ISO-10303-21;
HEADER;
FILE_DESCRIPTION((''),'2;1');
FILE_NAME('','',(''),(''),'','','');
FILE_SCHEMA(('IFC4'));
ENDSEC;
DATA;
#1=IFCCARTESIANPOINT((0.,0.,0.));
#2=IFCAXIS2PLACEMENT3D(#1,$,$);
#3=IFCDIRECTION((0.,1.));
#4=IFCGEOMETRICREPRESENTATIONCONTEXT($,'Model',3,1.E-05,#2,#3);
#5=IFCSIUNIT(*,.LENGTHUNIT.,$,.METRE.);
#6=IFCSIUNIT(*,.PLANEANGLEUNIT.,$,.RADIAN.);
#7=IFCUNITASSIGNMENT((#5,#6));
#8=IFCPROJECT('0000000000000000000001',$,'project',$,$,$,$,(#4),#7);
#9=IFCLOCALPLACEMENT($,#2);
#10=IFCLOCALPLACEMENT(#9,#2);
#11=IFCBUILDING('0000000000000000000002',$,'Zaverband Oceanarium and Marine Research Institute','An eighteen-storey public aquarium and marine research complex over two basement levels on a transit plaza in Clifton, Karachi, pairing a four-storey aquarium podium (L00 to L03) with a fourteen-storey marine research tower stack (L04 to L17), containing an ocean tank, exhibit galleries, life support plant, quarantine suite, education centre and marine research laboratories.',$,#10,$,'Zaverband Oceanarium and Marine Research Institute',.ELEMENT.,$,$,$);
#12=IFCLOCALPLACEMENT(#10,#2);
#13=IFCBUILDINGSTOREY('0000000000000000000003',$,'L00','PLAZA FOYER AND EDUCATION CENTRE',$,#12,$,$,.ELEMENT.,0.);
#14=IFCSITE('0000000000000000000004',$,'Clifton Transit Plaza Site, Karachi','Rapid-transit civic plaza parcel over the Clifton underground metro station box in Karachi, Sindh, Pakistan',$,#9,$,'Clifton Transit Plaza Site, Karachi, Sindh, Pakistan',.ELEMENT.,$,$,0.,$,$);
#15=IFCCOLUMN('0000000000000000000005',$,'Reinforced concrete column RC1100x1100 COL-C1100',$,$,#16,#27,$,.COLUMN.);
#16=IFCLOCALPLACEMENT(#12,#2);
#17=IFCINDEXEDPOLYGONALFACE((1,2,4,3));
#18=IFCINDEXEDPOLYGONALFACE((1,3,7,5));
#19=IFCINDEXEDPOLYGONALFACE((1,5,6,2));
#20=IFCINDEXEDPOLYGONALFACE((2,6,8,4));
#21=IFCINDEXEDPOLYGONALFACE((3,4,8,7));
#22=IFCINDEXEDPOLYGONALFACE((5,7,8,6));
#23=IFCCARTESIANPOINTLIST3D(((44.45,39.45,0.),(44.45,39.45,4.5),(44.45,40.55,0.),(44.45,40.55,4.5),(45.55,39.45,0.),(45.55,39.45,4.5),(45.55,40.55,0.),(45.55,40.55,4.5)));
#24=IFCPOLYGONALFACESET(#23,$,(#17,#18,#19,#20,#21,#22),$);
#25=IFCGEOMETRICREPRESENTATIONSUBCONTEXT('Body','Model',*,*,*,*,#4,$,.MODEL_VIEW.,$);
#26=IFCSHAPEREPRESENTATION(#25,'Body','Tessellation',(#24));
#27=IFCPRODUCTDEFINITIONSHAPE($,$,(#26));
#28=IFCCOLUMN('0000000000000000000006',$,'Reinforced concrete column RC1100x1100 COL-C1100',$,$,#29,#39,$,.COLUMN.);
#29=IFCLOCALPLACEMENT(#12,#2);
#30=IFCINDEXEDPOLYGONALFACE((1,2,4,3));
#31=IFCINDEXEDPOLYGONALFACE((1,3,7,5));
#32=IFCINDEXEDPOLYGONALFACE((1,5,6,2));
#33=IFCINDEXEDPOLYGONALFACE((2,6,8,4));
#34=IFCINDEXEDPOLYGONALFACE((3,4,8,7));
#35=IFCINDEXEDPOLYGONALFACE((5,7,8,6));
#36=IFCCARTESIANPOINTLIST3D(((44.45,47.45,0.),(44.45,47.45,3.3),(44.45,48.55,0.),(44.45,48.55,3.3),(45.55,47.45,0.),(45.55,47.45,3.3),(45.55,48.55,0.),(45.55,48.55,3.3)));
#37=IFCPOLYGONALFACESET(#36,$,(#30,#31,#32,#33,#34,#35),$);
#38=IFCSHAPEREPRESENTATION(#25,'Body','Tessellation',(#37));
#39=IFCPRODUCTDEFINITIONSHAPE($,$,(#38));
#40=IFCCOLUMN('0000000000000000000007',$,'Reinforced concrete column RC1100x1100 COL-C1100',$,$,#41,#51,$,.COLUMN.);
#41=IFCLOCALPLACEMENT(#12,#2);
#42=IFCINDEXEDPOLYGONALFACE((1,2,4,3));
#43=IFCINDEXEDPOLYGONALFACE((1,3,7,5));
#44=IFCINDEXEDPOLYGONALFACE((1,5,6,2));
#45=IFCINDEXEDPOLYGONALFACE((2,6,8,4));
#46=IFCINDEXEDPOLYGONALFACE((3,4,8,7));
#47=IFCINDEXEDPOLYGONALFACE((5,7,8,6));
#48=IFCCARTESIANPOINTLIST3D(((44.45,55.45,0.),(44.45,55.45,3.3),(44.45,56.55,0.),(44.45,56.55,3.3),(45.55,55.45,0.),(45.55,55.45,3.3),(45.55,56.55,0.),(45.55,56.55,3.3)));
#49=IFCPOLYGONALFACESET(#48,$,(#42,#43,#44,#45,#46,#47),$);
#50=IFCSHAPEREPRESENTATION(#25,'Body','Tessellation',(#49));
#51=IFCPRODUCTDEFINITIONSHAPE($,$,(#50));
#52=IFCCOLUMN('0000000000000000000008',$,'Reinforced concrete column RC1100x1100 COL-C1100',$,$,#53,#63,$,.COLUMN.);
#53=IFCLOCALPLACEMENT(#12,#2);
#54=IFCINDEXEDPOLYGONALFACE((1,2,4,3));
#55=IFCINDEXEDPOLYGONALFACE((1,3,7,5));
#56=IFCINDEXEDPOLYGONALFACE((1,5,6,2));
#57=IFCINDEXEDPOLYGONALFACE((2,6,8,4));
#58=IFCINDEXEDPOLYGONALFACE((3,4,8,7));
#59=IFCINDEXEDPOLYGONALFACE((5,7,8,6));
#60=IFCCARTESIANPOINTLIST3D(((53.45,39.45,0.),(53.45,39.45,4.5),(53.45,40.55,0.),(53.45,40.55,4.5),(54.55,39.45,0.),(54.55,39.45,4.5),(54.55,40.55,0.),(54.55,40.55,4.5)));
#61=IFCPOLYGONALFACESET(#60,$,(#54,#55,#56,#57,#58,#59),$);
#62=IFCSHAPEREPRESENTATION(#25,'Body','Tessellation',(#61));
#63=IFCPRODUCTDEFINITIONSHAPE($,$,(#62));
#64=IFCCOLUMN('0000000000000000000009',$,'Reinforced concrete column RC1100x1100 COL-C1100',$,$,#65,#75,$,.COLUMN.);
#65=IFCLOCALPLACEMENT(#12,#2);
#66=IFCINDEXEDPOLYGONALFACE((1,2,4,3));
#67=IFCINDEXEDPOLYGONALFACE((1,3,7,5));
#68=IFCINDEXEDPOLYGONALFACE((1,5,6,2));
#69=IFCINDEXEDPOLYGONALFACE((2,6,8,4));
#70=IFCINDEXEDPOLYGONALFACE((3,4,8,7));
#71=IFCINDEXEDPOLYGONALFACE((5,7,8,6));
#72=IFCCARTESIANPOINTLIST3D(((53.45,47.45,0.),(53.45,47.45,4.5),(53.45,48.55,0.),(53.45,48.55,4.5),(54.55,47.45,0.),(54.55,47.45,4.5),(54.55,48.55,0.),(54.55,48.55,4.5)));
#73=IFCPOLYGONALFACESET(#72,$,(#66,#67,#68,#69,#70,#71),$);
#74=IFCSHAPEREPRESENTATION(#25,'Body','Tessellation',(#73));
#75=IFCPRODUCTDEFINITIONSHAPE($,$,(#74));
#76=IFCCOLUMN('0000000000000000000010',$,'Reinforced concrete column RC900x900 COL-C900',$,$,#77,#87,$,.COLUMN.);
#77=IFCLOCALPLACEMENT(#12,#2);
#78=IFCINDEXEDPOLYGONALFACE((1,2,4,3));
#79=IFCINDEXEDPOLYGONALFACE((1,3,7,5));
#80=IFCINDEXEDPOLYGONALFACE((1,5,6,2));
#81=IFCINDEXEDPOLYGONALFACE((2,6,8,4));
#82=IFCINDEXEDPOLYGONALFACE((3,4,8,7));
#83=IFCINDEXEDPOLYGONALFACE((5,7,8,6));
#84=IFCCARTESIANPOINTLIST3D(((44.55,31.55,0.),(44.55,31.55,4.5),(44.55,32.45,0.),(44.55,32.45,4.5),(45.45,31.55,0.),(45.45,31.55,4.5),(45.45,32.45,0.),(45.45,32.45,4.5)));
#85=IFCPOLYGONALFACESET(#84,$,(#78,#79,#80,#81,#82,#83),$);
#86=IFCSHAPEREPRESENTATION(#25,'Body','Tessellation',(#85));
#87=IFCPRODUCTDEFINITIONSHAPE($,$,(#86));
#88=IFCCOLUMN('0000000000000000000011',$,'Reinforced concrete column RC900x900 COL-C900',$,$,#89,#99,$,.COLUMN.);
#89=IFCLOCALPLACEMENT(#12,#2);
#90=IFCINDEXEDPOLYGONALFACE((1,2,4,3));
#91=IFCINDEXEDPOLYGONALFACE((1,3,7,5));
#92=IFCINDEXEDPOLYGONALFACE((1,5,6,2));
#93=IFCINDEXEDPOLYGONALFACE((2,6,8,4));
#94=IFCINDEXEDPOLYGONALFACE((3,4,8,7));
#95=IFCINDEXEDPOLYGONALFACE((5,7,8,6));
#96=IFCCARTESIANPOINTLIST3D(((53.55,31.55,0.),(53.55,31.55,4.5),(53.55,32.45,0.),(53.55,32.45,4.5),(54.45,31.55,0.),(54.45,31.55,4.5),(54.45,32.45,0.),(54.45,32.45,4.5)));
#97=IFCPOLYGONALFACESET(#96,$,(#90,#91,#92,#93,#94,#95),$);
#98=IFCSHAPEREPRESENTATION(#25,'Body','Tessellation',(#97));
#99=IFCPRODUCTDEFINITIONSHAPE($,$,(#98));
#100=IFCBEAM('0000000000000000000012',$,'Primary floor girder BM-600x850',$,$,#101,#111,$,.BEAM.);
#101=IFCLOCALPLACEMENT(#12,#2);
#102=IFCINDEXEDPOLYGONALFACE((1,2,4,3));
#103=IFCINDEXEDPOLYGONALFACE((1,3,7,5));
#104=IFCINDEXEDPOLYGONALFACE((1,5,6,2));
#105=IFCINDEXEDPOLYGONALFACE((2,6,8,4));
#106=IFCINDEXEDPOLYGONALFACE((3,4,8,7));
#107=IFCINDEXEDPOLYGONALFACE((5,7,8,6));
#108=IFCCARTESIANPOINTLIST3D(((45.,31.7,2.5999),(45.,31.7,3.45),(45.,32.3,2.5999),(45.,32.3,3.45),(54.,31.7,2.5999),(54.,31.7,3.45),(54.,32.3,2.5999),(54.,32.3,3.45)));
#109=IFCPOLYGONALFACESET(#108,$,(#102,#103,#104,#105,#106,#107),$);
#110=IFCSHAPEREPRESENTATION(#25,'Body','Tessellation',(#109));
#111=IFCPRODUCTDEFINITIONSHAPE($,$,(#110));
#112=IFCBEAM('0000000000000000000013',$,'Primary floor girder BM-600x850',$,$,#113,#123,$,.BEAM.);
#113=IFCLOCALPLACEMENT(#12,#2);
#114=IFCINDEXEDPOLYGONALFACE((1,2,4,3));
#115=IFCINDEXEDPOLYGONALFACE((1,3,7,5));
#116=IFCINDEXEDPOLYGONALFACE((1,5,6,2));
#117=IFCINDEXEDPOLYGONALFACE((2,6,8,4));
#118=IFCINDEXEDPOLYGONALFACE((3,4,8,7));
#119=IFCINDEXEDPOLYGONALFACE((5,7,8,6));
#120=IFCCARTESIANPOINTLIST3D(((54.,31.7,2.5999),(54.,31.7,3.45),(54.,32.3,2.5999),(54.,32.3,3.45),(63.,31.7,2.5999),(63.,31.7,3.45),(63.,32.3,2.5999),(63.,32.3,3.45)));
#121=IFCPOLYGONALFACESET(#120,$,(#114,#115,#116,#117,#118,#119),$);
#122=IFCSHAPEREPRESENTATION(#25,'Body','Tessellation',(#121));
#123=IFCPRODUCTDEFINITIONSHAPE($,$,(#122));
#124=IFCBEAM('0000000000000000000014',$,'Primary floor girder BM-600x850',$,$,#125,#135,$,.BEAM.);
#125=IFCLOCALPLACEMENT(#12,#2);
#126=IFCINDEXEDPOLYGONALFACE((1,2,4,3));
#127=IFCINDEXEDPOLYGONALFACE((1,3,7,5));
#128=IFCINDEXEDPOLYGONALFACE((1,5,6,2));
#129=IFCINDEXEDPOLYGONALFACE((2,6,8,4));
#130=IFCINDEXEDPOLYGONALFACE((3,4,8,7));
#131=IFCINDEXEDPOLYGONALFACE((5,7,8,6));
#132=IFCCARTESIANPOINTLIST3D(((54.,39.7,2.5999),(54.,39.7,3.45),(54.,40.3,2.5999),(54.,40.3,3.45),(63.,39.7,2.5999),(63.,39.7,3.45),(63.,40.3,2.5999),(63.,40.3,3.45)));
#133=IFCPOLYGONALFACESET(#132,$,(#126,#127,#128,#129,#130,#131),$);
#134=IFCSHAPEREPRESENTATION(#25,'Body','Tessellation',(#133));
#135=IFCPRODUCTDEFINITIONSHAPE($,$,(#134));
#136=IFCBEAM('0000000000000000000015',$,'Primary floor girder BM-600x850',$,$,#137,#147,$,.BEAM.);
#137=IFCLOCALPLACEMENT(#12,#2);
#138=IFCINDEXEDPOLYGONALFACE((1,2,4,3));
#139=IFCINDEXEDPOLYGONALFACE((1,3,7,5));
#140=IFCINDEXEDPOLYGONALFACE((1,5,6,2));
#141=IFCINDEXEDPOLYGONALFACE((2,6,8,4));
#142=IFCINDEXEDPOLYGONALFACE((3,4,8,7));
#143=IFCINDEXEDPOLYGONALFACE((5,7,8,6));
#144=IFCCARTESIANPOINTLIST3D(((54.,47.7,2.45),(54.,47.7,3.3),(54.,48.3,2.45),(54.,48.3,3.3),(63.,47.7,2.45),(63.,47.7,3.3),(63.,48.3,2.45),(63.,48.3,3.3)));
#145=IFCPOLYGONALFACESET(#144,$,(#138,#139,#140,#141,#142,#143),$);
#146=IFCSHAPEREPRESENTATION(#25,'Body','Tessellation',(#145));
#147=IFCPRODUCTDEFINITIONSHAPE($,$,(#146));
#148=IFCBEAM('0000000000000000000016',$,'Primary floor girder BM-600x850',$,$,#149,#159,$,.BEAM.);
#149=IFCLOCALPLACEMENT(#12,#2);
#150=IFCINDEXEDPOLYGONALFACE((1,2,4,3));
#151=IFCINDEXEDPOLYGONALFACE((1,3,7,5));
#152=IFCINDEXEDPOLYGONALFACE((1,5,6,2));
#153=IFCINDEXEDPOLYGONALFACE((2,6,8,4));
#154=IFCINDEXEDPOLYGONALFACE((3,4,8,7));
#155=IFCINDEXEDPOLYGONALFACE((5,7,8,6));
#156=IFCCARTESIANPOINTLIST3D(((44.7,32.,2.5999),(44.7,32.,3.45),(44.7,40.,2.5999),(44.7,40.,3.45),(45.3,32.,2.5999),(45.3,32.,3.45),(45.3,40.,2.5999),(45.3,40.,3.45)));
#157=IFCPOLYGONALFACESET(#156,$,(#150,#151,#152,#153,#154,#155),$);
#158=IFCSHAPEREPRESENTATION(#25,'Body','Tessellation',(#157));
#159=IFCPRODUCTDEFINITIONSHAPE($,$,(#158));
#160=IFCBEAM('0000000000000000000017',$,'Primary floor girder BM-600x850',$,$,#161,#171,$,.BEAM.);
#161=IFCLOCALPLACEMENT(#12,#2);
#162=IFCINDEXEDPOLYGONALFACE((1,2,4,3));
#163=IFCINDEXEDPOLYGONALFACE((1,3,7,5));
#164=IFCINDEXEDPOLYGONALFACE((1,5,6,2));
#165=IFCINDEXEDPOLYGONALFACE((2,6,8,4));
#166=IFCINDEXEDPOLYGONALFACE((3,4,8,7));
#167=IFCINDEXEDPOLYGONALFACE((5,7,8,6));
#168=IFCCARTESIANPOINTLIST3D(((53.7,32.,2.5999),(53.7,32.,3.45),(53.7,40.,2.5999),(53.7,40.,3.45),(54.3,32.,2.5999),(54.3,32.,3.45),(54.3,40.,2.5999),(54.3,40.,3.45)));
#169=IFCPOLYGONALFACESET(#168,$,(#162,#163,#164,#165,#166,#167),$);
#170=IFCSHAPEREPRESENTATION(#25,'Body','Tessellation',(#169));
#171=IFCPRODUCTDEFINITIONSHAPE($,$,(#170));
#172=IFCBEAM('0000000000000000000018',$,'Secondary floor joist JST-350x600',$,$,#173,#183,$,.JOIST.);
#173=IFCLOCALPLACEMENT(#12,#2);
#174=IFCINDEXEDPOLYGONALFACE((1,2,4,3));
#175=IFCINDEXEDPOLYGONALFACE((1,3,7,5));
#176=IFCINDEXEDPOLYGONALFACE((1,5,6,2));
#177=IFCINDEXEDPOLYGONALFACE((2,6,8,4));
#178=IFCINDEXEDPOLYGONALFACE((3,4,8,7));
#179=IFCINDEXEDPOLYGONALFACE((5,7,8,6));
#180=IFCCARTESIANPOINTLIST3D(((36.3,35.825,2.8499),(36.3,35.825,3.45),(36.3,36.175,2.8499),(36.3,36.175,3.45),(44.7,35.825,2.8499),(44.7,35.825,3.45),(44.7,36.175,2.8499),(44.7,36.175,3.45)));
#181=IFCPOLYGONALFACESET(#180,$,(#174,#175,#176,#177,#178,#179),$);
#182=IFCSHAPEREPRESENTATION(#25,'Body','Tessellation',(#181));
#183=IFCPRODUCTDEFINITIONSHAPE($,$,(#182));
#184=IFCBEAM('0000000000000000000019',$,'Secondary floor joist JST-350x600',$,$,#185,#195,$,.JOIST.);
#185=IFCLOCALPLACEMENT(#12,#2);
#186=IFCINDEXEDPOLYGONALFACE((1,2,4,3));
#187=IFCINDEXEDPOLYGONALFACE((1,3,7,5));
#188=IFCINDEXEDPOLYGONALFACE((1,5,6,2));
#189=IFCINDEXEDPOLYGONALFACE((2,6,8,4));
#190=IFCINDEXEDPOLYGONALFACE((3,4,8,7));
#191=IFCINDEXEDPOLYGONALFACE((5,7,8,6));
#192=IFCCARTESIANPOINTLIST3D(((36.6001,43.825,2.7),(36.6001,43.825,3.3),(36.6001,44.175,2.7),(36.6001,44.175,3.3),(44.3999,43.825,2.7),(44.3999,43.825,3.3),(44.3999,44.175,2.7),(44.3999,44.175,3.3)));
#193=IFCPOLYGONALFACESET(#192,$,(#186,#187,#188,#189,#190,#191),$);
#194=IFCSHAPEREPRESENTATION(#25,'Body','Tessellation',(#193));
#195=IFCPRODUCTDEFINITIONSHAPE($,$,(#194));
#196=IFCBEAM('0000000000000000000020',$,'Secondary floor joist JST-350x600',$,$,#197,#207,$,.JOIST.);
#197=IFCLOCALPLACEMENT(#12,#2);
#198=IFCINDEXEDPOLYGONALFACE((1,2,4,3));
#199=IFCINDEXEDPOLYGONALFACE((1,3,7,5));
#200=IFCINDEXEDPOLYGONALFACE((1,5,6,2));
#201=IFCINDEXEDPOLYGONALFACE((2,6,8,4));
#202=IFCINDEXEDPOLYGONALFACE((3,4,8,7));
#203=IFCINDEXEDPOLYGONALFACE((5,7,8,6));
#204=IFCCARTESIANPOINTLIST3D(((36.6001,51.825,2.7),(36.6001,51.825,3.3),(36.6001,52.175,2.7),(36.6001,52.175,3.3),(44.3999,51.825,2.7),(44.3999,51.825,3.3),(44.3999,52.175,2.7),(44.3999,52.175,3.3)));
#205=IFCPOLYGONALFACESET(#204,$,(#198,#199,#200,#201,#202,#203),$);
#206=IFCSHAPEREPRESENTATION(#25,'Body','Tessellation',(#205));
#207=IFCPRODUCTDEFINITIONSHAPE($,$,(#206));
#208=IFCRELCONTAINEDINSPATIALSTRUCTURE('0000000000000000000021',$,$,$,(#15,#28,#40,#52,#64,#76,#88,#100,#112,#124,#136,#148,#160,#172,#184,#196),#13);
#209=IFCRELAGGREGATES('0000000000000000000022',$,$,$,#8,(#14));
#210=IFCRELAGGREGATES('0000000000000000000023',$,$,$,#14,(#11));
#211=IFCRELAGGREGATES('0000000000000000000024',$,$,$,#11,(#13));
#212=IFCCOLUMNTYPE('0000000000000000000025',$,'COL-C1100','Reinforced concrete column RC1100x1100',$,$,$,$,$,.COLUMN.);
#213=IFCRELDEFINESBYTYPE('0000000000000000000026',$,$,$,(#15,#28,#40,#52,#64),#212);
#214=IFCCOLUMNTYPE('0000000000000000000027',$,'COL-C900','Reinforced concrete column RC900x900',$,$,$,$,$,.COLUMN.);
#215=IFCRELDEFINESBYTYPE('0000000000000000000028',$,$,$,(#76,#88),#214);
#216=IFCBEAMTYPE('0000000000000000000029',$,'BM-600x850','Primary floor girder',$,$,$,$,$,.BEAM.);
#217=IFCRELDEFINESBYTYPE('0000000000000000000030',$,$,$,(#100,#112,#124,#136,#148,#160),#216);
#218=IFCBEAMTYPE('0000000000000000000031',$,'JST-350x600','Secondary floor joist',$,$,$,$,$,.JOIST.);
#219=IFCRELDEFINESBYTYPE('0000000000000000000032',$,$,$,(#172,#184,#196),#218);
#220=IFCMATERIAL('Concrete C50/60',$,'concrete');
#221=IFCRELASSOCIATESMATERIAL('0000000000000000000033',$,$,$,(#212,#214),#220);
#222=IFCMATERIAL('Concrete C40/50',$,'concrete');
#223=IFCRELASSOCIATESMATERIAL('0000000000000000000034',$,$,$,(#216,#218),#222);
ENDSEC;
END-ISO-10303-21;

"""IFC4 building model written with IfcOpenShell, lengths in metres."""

from ifc_helpers import new_model, si_unit, direction, frame, origin, origin_2d, place, context, subcontext, project, spatial, rectangle, extrude, material, material_profile, profile_set, type_object, element, save


model = new_model("IFC4")

# Units and contexts
model_context = context("Model", 3, precision=1e-05, world=origin(), true_north=direction((0.0, 1.0)))
body_context = subcontext(model_context, "Body", "Model", "MODEL_VIEW")
ifc_project = project(units=[si_unit("LENGTHUNIT", "METRE"), si_unit("PLANEANGLEUNIT", "RADIAN")], contexts=[model_context])

# Site, building, storey
site_placement = place(None, origin())
site = spatial("IfcSite", under=ifc_project, at=site_placement, Name="Clifton Transit Plaza Site, Karachi", Description="Rapid-transit civic plaza parcel over the Clifton underground metro station box in Karachi, Sindh, Pakistan", LongName="Clifton Transit Plaza Site, Karachi, Sindh, Pakistan", CompositionType="ELEMENT", RefElevation=0.0)
building_placement = place(site_placement, origin())
building = spatial("IfcBuilding", under=site, at=building_placement, Name="Zaverband Oceanarium and Marine Research Institute", Description="An eighteen-storey public aquarium and marine research complex over two basement levels on a transit plaza in Clifton, Karachi, pairing a four-storey aquarium podium (L00 to L03) with a fourteen-storey marine research tower stack (L04 to L17), containing an ocean tank, exhibit galleries, life support plant, quarantine suite, education centre and marine research laboratories.", LongName="Zaverband Oceanarium and Marine Research Institute", CompositionType="ELEMENT")
storey_placement = place(building_placement, origin())
storey = spatial("IfcBuildingStorey", under=building, at=storey_placement, Name="L00", Description="PLAZA FOYER AND EDUCATION CENTRE", CompositionType="ELEMENT", Elevation=0.0)

# Columns
ifc_material_1 = material(Name="Concrete C50/60", Category="concrete")
ifc_material_profile_1 = material_profile(ifc_material_1, rectangle(XDim=1.1001, YDim=1.1001, at=origin_2d()), Name="RC1100x1100")
ifc_profile_set_1 = profile_set([ifc_material_profile_1], Name="Concrete C50/60")
column_type_1 = type_object("IfcColumnType", Name="COL-C1100", Description="Reinforced concrete column RC1100x1100", PredefinedType="COLUMN", material=ifc_profile_set_1)
column_placement = place(storey_placement, frame((45.0, 40.0, 0.0), z_axis=(0.0, 0.0, 1.0), x_axis=(1.0, 0.0, 0.0)))
element("IfcColumn", 1, at=column_placement, inside=storey, type_object=column_type_1, Name="Reinforced concrete column RC1100x1100 COL-C1100", PredefinedType="COLUMN", context=body_context, shape_type="SweptSolid", body=[
    extrude(rectangle(XDim=1.1001, YDim=1.1001, at=origin_2d()), origin(), (0.0, 0.0, 1.0), 4.5),
])
for number, where, z_axis, x_axis, name in (
    (2, (45.0, 48.0, 0.0), (0.0, 0.0, 1.0), (1.0, 0.0, 0.0), "Reinforced concrete column RC1100x1100 COL-C1100"),
    (3, (45.0, 56.0, 0.0), (0.0, 0.0, 1.0), (1.0, 0.0, 0.0), "Reinforced concrete column RC1100x1100 COL-C1100"),
):
    element("IfcColumn", number, at=place(storey_placement, frame(where, z_axis=z_axis, x_axis=x_axis)), inside=storey, type_object=column_type_1, Name=name, PredefinedType="COLUMN", context=body_context, shape_type="SweptSolid", body=[
        extrude(rectangle(XDim=1.1001, YDim=1.1001, at=origin_2d()), origin(), (0.0, 0.0, 1.0), 3.3),
    ])
for number, where, z_axis, x_axis, name in (
    (4, (54.0, 40.0, 0.0), (0.0, 0.0, 1.0), (1.0, 0.0, 0.0), "Reinforced concrete column RC1100x1100 COL-C1100"),
    (5, (54.0, 48.0, 0.0), (0.0, 0.0, 1.0), (1.0, 0.0, 0.0), "Reinforced concrete column RC1100x1100 COL-C1100"),
):
    element("IfcColumn", number, at=place(storey_placement, frame(where, z_axis=z_axis, x_axis=x_axis)), inside=storey, type_object=column_type_1, Name=name, PredefinedType="COLUMN", context=body_context, shape_type="SweptSolid", body=[
        extrude(rectangle(XDim=1.1001, YDim=1.1001, at=origin_2d()), origin(), (0.0, 0.0, 1.0), 4.5),
    ])
ifc_material_profile_2 = material_profile(ifc_material_1, rectangle(XDim=0.8999, YDim=0.8999, at=origin_2d()), Name="RC900x900")
ifc_profile_set_2 = profile_set([ifc_material_profile_2], Name="Concrete C50/60")
column_type_2 = type_object("IfcColumnType", Name="COL-C900", Description="Reinforced concrete column RC900x900", PredefinedType="COLUMN", material=ifc_profile_set_2)
for number, where, z_axis, x_axis, name in (
    (6, (45.0, 32.0, 0.0), (0.0, 0.0, 1.0), (1.0, 0.0, 0.0), "Reinforced concrete column RC900x900 COL-C900"),
    (7, (54.0, 32.0, 0.0), (0.0, 0.0, 1.0), (1.0, 0.0, 0.0), "Reinforced concrete column RC900x900 COL-C900"),
):
    element("IfcColumn", number, at=place(storey_placement, frame(where, z_axis=z_axis, x_axis=x_axis)), inside=storey, type_object=column_type_2, Name=name, PredefinedType="COLUMN", context=body_context, shape_type="SweptSolid", body=[
        extrude(rectangle(XDim=0.8999, YDim=0.8999, at=origin_2d()), origin(), (0.0, 0.0, 1.0), 4.5),
    ])

# Beams
ifc_material_2 = material(Name="Concrete C40/50", Category="concrete")
ifc_material_profile_3 = material_profile(ifc_material_2, rectangle(XDim=0.6001, YDim=0.8501, at=origin_2d()), Name="RC600x850")
ifc_profile_set_3 = profile_set([ifc_material_profile_3], Name="Concrete C40/50")
beam_type_1 = type_object("IfcBeamType", Name="BM-600x850", Description="Primary floor girder", PredefinedType="BEAM", material=ifc_profile_set_3)
for number, where, z_axis, x_axis, name in (
    (8, (45.0, 32.0, 3.0249), (1.0, 0.0, 0.0), (0.0, 1.0, 0.0), "Primary floor girder BM-600x850"),
    (9, (54.0, 32.0, 3.0249), (1.0, 0.0, 0.0), (0.0, 1.0, 0.0), "Primary floor girder BM-600x850"),
    (10, (54.0, 40.0, 3.0249), (1.0, 0.0, 0.0), (0.0, 1.0, 0.0), "Primary floor girder BM-600x850"),
    (11, (54.0, 48.0, 2.875), (1.0, 0.0, 0.0), (0.0, 1.0, 0.0), "Primary floor girder BM-600x850"),
):
    element("IfcBeam", number, at=place(storey_placement, frame(where, z_axis=z_axis, x_axis=x_axis)), inside=storey, type_object=beam_type_1, Name=name, PredefinedType="BEAM", context=body_context, shape_type="SweptSolid", body=[
        extrude(rectangle(XDim=0.6001, YDim=0.8501, at=origin_2d()), origin(), (0.0, 0.0, 1.0), 9.0),
    ])
for number, where, z_axis, x_axis, name in (
    (12, (45.0, 32.0, 3.0249), (0.0, 1.0, 0.0), (-1.0, 0.0, 0.0), "Primary floor girder BM-600x850"),
    (13, (54.0, 32.0, 3.0249), (0.0, 1.0, 0.0), (-1.0, 0.0, 0.0), "Primary floor girder BM-600x850"),
):
    element("IfcBeam", number, at=place(storey_placement, frame(where, z_axis=z_axis, x_axis=x_axis)), inside=storey, type_object=beam_type_1, Name=name, PredefinedType="BEAM", context=body_context, shape_type="SweptSolid", body=[
        extrude(rectangle(XDim=0.6001, YDim=0.8501, at=origin_2d()), origin(), (0.0, 0.0, 1.0), 8.0),
    ])
ifc_material_profile_4 = material_profile(ifc_material_2, rectangle(XDim=0.3501, YDim=0.6001, at=origin_2d()), Name="RC350x600")
ifc_profile_set_4 = profile_set([ifc_material_profile_4], Name="Concrete C40/50")
beam_type_2 = type_object("IfcBeamType", Name="JST-350x600", Description="Secondary floor joist", PredefinedType="JOIST", material=ifc_profile_set_4)
beam_1_placement = place(storey_placement, frame((36.3, 36.0, 3.1499), z_axis=(1.0, 0.0, 0.0), x_axis=(0.0, 1.0, 0.0)))
element("IfcBeam", 14, at=beam_1_placement, inside=storey, type_object=beam_type_2, Name="Secondary floor joist JST-350x600", PredefinedType="JOIST", context=body_context, shape_type="SweptSolid", body=[
    extrude(rectangle(XDim=0.3501, YDim=0.6001, at=origin_2d()), origin(), (0.0, 0.0, 1.0), 8.3999),
])
for number, where, z_axis, x_axis, name in (
    (15, (36.6001, 44.0, 3.0), (1.0, 0.0, 0.0), (0.0, 1.0, 0.0), "Secondary floor joist JST-350x600"),
    (16, (36.6001, 52.0, 3.0), (1.0, 0.0, 0.0), (0.0, 1.0, 0.0), "Secondary floor joist JST-350x600"),
):
    element("IfcBeam", number, at=place(storey_placement, frame(where, z_axis=z_axis, x_axis=x_axis)), inside=storey, type_object=beam_type_2, Name=name, PredefinedType="JOIST", context=body_context, shape_type="SweptSolid", body=[
        extrude(rectangle(XDim=0.3501, YDim=0.6001, at=origin_2d()), origin(), (0.0, 0.0, 1.0), 7.7998),
    ])

save(model, "model.ifc")
